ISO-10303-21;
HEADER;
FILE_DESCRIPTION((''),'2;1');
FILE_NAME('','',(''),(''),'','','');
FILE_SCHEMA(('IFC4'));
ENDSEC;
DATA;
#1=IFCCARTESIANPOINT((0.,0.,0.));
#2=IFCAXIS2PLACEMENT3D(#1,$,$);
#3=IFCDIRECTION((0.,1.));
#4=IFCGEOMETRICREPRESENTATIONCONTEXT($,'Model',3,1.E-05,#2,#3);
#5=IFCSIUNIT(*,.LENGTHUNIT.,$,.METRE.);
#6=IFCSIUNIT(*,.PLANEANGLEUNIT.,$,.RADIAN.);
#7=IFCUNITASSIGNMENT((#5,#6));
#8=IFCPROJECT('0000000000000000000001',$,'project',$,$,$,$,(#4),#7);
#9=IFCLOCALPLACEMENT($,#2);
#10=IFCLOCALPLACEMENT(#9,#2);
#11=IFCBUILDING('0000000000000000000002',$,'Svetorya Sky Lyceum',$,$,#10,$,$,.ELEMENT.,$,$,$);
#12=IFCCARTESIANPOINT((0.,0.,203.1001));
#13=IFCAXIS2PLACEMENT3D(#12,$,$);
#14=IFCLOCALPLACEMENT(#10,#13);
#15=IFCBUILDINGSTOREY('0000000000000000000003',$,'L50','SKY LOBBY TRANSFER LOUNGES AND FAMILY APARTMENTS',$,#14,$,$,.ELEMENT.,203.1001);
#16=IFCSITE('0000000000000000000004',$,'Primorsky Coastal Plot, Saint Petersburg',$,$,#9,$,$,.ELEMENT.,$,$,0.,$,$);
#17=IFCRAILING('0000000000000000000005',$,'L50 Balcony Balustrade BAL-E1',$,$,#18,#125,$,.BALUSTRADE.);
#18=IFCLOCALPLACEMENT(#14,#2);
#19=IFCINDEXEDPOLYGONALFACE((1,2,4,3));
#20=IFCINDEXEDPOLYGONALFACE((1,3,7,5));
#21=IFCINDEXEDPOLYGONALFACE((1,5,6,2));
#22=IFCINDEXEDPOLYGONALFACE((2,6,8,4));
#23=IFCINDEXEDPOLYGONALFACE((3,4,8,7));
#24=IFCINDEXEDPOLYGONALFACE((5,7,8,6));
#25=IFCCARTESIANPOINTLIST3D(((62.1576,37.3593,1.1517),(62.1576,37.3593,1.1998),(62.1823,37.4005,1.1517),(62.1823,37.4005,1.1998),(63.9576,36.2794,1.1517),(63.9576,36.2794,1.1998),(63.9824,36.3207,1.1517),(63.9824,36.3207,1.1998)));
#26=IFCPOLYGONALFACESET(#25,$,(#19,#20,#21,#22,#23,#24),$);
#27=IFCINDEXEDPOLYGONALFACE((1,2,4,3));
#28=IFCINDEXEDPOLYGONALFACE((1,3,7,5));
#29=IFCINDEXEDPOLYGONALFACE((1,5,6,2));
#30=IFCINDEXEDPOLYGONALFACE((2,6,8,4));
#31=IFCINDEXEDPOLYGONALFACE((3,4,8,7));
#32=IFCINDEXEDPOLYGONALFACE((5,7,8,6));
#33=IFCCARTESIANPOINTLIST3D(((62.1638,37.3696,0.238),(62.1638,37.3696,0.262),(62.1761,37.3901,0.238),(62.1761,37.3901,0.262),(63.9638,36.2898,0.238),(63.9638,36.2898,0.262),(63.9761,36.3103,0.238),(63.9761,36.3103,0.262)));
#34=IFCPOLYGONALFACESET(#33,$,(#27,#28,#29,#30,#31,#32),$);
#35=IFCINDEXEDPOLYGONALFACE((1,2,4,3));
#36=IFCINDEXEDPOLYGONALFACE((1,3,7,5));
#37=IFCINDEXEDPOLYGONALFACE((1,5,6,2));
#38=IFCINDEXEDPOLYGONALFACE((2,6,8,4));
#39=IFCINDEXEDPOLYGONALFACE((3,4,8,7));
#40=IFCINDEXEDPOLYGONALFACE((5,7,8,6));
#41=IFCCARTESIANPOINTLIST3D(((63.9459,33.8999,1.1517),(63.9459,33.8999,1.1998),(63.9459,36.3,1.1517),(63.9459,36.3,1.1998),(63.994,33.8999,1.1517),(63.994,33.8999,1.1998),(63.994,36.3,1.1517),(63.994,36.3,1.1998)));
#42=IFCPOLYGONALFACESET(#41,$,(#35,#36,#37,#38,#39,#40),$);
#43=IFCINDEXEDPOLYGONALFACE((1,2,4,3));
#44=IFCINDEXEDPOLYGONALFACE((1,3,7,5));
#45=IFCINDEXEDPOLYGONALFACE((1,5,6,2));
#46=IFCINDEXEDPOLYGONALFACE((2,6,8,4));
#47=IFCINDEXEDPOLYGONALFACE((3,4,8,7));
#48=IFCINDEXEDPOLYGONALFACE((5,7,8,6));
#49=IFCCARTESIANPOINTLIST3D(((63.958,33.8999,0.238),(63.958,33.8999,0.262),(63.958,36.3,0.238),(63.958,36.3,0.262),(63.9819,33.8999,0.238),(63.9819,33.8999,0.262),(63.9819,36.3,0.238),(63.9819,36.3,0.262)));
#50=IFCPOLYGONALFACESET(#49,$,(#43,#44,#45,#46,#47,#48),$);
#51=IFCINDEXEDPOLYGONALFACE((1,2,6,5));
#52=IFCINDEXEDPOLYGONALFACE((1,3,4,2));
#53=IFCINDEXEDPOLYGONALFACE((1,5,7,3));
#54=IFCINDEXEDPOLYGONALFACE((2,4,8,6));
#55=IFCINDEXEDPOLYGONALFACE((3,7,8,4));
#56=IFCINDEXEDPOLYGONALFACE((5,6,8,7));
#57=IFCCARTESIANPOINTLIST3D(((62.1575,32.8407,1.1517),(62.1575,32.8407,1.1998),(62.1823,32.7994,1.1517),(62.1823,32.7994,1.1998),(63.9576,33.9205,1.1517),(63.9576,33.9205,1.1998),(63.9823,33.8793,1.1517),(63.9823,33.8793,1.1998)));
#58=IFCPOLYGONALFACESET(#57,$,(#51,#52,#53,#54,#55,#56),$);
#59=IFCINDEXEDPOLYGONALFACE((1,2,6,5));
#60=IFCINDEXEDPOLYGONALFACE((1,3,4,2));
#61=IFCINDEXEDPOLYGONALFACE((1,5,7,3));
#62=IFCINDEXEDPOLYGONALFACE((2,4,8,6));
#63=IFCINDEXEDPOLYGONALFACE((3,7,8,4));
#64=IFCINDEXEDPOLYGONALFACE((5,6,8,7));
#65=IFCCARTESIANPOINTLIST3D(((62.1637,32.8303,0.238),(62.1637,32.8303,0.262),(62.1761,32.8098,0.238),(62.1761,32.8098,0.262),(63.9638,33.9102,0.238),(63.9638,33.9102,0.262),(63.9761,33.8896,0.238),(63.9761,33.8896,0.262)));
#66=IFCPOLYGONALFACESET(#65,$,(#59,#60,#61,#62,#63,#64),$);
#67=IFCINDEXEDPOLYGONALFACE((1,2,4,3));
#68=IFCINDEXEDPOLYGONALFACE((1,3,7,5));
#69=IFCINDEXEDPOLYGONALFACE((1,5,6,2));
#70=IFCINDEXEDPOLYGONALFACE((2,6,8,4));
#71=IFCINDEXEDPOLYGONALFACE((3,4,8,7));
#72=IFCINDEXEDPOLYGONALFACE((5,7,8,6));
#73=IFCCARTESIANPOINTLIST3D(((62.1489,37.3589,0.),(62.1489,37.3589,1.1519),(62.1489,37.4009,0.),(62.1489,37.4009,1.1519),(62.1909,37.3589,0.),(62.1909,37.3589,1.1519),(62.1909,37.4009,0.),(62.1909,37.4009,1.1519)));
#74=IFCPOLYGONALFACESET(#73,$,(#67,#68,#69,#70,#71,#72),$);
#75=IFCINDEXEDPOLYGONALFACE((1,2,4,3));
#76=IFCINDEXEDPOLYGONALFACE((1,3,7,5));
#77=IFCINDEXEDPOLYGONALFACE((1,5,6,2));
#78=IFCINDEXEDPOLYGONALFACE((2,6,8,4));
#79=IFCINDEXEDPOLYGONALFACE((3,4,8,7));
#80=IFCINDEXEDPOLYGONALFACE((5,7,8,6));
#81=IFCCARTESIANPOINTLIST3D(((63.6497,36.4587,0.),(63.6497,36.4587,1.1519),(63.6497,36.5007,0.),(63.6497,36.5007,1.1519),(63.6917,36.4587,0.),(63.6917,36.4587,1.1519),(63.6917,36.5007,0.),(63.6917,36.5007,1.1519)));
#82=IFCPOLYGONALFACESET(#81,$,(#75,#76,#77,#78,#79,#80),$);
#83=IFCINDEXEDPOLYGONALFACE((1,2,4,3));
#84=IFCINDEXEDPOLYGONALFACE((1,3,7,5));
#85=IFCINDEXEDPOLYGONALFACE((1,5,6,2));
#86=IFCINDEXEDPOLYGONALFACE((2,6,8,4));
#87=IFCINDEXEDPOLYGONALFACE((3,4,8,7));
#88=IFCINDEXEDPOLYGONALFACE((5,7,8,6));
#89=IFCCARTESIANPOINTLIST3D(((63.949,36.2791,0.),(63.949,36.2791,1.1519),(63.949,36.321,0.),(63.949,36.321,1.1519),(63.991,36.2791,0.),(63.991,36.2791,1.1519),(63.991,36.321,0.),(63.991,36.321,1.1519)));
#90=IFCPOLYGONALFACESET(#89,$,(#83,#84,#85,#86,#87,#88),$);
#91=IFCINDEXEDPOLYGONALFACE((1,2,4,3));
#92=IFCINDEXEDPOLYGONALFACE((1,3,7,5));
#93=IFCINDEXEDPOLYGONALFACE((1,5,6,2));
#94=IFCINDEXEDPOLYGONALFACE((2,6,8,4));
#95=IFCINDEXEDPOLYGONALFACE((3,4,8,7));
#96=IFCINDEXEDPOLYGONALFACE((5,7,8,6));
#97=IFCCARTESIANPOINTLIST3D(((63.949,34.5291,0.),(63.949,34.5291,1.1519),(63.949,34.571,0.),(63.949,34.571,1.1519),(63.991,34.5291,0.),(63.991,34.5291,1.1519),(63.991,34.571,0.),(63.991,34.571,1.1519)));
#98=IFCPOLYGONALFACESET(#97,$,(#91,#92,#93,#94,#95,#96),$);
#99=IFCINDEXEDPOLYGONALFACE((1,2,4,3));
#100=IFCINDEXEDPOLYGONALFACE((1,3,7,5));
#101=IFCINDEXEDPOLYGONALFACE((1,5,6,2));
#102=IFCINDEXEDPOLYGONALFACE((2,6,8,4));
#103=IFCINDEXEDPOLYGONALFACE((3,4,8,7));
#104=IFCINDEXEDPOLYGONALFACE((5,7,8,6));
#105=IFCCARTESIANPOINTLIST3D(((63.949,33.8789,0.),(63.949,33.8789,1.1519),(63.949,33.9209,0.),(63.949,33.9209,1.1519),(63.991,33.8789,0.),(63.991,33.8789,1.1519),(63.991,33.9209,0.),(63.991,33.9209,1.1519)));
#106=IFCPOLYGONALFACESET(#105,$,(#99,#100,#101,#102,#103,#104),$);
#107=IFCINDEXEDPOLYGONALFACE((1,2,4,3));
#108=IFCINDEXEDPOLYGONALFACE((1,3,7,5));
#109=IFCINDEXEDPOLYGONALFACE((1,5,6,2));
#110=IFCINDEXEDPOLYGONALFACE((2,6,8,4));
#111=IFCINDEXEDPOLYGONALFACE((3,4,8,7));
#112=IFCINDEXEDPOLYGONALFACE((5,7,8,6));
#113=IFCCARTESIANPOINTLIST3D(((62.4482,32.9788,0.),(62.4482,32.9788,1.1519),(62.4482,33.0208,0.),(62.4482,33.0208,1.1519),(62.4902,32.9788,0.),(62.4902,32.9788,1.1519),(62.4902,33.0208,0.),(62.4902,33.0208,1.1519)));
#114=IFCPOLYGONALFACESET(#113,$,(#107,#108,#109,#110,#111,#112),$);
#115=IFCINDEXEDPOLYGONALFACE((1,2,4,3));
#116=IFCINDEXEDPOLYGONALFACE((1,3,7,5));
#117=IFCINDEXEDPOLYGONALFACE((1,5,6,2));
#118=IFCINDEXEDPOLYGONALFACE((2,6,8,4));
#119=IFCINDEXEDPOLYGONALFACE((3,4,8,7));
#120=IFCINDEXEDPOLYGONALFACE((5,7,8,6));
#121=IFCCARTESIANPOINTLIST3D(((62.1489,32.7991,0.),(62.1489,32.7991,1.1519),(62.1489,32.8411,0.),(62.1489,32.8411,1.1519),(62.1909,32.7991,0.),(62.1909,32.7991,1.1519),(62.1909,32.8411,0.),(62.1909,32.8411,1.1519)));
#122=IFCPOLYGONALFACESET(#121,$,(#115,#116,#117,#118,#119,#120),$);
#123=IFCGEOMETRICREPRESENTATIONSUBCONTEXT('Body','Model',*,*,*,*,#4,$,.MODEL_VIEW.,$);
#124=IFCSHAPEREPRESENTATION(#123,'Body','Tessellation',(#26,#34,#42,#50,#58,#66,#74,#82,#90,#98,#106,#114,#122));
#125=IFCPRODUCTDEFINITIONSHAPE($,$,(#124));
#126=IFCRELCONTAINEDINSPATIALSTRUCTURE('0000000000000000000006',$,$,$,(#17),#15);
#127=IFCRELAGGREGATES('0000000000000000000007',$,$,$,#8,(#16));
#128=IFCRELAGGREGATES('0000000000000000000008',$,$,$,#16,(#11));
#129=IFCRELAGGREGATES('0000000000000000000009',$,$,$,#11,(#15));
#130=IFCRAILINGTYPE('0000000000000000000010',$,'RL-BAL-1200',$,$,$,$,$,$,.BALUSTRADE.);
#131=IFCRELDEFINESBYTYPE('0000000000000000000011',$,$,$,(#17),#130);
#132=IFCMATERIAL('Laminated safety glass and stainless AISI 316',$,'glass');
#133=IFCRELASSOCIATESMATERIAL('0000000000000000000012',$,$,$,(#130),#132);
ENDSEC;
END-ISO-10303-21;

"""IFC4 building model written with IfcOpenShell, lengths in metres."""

from ifc_helpers import new_model, si_unit, direction, frame, origin, origin_2d, place, context, subcontext, project, spatial, rectangle, extrude, material, type_object, element, save


model = new_model("IFC4")

# Units and contexts
model_context = context("Model", 3, precision=1e-05, world=origin(), true_north=direction((0.0, 1.0)))
body_context = subcontext(model_context, "Body", "Model", "MODEL_VIEW")
ifc_project = project(units=[si_unit("LENGTHUNIT", "METRE"), si_unit("PLANEANGLEUNIT", "RADIAN")], contexts=[model_context])

# Site, building, storey
site_placement = place(None, origin())
site = spatial("IfcSite", under=ifc_project, at=site_placement, Name="Primorsky Coastal Plot, Saint Petersburg", CompositionType="ELEMENT", RefElevation=0.0)
building_placement = place(site_placement, origin())
building = spatial("IfcBuilding", under=site, at=building_placement, Name="Svetorya Sky Lyceum", CompositionType="ELEMENT")
storey_placement = place(building_placement, frame((0.0, 0.0, 203.1001)))
storey = spatial("IfcBuildingStorey", under=building, at=storey_placement, Name="L50", Description="SKY LOBBY TRANSFER LOUNGES AND FAMILY APARTMENTS", CompositionType="ELEMENT", Elevation=203.1001)

# Railing
ifc_material_1 = material(Name="Laminated safety glass and stainless AISI 316", Category="glass")
railing_type = type_object("IfcRailingType", Name="RL-BAL-1200", PredefinedType="BALUSTRADE", material=ifc_material_1)
railing_placement = place(storey_placement, frame((62.1699, 37.3799, 0.0)))
element("IfcRailing", 1, at=railing_placement, inside=storey, type_object=railing_type, Name="L50 Balcony Balustrade BAL-E1", PredefinedType="BALUSTRADE", context=body_context, shape_type="SweptSolid", body=[
    extrude(rectangle(XDim=0.0481, YDim=0.0481, at=origin_2d()), frame((0.0, 0.0, 1.1758), z_axis=(0.857534, -0.514427, 0.0), x_axis=(0.514427, 0.857534, 0.0)), (0.0, 0.0, 1.0), 2.0991),
    extrude(rectangle(XDim=0.0239, YDim=0.0239, at=origin_2d()), frame((0.0, 0.0, 0.25), z_axis=(0.857534, -0.514427, 0.0), x_axis=(0.514427, 0.857534, 0.0)), (0.0, 0.0, 1.0), 2.0991),
    extrude(rectangle(XDim=0.0481, YDim=0.0481, at=origin_2d()), frame((1.8, -1.0798, 1.1758), z_axis=(0.0, -1.0, 0.0), x_axis=(1.0, 0.0, 0.0)), (0.0, 0.0, 1.0), 2.4001),
    extrude(rectangle(XDim=0.0239, YDim=0.0239, at=origin_2d()), frame((1.8, -1.0798, 0.25), z_axis=(0.0, -1.0, 0.0), x_axis=(1.0, 0.0, 0.0)), (0.0, 0.0, 1.0), 2.4001),
    extrude(rectangle(XDim=0.0481, YDim=0.0481, at=origin_2d()), frame((1.8, -3.48, 1.1758), z_axis=(-0.857534, -0.514427, 0.0), x_axis=(0.514427, -0.857534, 0.0)), (0.0, 0.0, 1.0), 2.0991),
    extrude(rectangle(XDim=0.0239, YDim=0.0239, at=origin_2d()), frame((1.8, -3.48, 0.25), z_axis=(-0.857534, -0.514427, 0.0), x_axis=(0.514427, -0.857534, 0.0)), (0.0, 0.0, 1.0), 2.0991),
    extrude(rectangle(XDim=0.042, YDim=0.042, at=origin_2d()), origin(), (0.0, 0.0, 1.0), 1.1519),
    extrude(rectangle(XDim=0.042, YDim=0.042, at=origin_2d()), frame((1.5007, -0.9001, 0.0)), (0.0, 0.0, 1.0), 1.1519),
    extrude(rectangle(XDim=0.042, YDim=0.042, at=origin_2d()), frame((1.8, -1.0798, 0.0)), (0.0, 0.0, 1.0), 1.1519),
    extrude(rectangle(XDim=0.042, YDim=0.042, at=origin_2d()), frame((1.8, -2.8298, 0.0)), (0.0, 0.0, 1.0), 1.1519),
    extrude(rectangle(XDim=0.042, YDim=0.042, at=origin_2d()), frame((1.8, -3.48, 0.0)), (0.0, 0.0, 1.0), 1.1519),
    extrude(rectangle(XDim=0.042, YDim=0.042, at=origin_2d()), frame((0.2993, -4.3801, 0.0)), (0.0, 0.0, 1.0), 1.1519),
    extrude(rectangle(XDim=0.042, YDim=0.042, at=origin_2d()), frame((0.0, -4.5598, 0.0)), (0.0, 0.0, 1.0), 1.1519),
])

save(model, "model.ifc")
